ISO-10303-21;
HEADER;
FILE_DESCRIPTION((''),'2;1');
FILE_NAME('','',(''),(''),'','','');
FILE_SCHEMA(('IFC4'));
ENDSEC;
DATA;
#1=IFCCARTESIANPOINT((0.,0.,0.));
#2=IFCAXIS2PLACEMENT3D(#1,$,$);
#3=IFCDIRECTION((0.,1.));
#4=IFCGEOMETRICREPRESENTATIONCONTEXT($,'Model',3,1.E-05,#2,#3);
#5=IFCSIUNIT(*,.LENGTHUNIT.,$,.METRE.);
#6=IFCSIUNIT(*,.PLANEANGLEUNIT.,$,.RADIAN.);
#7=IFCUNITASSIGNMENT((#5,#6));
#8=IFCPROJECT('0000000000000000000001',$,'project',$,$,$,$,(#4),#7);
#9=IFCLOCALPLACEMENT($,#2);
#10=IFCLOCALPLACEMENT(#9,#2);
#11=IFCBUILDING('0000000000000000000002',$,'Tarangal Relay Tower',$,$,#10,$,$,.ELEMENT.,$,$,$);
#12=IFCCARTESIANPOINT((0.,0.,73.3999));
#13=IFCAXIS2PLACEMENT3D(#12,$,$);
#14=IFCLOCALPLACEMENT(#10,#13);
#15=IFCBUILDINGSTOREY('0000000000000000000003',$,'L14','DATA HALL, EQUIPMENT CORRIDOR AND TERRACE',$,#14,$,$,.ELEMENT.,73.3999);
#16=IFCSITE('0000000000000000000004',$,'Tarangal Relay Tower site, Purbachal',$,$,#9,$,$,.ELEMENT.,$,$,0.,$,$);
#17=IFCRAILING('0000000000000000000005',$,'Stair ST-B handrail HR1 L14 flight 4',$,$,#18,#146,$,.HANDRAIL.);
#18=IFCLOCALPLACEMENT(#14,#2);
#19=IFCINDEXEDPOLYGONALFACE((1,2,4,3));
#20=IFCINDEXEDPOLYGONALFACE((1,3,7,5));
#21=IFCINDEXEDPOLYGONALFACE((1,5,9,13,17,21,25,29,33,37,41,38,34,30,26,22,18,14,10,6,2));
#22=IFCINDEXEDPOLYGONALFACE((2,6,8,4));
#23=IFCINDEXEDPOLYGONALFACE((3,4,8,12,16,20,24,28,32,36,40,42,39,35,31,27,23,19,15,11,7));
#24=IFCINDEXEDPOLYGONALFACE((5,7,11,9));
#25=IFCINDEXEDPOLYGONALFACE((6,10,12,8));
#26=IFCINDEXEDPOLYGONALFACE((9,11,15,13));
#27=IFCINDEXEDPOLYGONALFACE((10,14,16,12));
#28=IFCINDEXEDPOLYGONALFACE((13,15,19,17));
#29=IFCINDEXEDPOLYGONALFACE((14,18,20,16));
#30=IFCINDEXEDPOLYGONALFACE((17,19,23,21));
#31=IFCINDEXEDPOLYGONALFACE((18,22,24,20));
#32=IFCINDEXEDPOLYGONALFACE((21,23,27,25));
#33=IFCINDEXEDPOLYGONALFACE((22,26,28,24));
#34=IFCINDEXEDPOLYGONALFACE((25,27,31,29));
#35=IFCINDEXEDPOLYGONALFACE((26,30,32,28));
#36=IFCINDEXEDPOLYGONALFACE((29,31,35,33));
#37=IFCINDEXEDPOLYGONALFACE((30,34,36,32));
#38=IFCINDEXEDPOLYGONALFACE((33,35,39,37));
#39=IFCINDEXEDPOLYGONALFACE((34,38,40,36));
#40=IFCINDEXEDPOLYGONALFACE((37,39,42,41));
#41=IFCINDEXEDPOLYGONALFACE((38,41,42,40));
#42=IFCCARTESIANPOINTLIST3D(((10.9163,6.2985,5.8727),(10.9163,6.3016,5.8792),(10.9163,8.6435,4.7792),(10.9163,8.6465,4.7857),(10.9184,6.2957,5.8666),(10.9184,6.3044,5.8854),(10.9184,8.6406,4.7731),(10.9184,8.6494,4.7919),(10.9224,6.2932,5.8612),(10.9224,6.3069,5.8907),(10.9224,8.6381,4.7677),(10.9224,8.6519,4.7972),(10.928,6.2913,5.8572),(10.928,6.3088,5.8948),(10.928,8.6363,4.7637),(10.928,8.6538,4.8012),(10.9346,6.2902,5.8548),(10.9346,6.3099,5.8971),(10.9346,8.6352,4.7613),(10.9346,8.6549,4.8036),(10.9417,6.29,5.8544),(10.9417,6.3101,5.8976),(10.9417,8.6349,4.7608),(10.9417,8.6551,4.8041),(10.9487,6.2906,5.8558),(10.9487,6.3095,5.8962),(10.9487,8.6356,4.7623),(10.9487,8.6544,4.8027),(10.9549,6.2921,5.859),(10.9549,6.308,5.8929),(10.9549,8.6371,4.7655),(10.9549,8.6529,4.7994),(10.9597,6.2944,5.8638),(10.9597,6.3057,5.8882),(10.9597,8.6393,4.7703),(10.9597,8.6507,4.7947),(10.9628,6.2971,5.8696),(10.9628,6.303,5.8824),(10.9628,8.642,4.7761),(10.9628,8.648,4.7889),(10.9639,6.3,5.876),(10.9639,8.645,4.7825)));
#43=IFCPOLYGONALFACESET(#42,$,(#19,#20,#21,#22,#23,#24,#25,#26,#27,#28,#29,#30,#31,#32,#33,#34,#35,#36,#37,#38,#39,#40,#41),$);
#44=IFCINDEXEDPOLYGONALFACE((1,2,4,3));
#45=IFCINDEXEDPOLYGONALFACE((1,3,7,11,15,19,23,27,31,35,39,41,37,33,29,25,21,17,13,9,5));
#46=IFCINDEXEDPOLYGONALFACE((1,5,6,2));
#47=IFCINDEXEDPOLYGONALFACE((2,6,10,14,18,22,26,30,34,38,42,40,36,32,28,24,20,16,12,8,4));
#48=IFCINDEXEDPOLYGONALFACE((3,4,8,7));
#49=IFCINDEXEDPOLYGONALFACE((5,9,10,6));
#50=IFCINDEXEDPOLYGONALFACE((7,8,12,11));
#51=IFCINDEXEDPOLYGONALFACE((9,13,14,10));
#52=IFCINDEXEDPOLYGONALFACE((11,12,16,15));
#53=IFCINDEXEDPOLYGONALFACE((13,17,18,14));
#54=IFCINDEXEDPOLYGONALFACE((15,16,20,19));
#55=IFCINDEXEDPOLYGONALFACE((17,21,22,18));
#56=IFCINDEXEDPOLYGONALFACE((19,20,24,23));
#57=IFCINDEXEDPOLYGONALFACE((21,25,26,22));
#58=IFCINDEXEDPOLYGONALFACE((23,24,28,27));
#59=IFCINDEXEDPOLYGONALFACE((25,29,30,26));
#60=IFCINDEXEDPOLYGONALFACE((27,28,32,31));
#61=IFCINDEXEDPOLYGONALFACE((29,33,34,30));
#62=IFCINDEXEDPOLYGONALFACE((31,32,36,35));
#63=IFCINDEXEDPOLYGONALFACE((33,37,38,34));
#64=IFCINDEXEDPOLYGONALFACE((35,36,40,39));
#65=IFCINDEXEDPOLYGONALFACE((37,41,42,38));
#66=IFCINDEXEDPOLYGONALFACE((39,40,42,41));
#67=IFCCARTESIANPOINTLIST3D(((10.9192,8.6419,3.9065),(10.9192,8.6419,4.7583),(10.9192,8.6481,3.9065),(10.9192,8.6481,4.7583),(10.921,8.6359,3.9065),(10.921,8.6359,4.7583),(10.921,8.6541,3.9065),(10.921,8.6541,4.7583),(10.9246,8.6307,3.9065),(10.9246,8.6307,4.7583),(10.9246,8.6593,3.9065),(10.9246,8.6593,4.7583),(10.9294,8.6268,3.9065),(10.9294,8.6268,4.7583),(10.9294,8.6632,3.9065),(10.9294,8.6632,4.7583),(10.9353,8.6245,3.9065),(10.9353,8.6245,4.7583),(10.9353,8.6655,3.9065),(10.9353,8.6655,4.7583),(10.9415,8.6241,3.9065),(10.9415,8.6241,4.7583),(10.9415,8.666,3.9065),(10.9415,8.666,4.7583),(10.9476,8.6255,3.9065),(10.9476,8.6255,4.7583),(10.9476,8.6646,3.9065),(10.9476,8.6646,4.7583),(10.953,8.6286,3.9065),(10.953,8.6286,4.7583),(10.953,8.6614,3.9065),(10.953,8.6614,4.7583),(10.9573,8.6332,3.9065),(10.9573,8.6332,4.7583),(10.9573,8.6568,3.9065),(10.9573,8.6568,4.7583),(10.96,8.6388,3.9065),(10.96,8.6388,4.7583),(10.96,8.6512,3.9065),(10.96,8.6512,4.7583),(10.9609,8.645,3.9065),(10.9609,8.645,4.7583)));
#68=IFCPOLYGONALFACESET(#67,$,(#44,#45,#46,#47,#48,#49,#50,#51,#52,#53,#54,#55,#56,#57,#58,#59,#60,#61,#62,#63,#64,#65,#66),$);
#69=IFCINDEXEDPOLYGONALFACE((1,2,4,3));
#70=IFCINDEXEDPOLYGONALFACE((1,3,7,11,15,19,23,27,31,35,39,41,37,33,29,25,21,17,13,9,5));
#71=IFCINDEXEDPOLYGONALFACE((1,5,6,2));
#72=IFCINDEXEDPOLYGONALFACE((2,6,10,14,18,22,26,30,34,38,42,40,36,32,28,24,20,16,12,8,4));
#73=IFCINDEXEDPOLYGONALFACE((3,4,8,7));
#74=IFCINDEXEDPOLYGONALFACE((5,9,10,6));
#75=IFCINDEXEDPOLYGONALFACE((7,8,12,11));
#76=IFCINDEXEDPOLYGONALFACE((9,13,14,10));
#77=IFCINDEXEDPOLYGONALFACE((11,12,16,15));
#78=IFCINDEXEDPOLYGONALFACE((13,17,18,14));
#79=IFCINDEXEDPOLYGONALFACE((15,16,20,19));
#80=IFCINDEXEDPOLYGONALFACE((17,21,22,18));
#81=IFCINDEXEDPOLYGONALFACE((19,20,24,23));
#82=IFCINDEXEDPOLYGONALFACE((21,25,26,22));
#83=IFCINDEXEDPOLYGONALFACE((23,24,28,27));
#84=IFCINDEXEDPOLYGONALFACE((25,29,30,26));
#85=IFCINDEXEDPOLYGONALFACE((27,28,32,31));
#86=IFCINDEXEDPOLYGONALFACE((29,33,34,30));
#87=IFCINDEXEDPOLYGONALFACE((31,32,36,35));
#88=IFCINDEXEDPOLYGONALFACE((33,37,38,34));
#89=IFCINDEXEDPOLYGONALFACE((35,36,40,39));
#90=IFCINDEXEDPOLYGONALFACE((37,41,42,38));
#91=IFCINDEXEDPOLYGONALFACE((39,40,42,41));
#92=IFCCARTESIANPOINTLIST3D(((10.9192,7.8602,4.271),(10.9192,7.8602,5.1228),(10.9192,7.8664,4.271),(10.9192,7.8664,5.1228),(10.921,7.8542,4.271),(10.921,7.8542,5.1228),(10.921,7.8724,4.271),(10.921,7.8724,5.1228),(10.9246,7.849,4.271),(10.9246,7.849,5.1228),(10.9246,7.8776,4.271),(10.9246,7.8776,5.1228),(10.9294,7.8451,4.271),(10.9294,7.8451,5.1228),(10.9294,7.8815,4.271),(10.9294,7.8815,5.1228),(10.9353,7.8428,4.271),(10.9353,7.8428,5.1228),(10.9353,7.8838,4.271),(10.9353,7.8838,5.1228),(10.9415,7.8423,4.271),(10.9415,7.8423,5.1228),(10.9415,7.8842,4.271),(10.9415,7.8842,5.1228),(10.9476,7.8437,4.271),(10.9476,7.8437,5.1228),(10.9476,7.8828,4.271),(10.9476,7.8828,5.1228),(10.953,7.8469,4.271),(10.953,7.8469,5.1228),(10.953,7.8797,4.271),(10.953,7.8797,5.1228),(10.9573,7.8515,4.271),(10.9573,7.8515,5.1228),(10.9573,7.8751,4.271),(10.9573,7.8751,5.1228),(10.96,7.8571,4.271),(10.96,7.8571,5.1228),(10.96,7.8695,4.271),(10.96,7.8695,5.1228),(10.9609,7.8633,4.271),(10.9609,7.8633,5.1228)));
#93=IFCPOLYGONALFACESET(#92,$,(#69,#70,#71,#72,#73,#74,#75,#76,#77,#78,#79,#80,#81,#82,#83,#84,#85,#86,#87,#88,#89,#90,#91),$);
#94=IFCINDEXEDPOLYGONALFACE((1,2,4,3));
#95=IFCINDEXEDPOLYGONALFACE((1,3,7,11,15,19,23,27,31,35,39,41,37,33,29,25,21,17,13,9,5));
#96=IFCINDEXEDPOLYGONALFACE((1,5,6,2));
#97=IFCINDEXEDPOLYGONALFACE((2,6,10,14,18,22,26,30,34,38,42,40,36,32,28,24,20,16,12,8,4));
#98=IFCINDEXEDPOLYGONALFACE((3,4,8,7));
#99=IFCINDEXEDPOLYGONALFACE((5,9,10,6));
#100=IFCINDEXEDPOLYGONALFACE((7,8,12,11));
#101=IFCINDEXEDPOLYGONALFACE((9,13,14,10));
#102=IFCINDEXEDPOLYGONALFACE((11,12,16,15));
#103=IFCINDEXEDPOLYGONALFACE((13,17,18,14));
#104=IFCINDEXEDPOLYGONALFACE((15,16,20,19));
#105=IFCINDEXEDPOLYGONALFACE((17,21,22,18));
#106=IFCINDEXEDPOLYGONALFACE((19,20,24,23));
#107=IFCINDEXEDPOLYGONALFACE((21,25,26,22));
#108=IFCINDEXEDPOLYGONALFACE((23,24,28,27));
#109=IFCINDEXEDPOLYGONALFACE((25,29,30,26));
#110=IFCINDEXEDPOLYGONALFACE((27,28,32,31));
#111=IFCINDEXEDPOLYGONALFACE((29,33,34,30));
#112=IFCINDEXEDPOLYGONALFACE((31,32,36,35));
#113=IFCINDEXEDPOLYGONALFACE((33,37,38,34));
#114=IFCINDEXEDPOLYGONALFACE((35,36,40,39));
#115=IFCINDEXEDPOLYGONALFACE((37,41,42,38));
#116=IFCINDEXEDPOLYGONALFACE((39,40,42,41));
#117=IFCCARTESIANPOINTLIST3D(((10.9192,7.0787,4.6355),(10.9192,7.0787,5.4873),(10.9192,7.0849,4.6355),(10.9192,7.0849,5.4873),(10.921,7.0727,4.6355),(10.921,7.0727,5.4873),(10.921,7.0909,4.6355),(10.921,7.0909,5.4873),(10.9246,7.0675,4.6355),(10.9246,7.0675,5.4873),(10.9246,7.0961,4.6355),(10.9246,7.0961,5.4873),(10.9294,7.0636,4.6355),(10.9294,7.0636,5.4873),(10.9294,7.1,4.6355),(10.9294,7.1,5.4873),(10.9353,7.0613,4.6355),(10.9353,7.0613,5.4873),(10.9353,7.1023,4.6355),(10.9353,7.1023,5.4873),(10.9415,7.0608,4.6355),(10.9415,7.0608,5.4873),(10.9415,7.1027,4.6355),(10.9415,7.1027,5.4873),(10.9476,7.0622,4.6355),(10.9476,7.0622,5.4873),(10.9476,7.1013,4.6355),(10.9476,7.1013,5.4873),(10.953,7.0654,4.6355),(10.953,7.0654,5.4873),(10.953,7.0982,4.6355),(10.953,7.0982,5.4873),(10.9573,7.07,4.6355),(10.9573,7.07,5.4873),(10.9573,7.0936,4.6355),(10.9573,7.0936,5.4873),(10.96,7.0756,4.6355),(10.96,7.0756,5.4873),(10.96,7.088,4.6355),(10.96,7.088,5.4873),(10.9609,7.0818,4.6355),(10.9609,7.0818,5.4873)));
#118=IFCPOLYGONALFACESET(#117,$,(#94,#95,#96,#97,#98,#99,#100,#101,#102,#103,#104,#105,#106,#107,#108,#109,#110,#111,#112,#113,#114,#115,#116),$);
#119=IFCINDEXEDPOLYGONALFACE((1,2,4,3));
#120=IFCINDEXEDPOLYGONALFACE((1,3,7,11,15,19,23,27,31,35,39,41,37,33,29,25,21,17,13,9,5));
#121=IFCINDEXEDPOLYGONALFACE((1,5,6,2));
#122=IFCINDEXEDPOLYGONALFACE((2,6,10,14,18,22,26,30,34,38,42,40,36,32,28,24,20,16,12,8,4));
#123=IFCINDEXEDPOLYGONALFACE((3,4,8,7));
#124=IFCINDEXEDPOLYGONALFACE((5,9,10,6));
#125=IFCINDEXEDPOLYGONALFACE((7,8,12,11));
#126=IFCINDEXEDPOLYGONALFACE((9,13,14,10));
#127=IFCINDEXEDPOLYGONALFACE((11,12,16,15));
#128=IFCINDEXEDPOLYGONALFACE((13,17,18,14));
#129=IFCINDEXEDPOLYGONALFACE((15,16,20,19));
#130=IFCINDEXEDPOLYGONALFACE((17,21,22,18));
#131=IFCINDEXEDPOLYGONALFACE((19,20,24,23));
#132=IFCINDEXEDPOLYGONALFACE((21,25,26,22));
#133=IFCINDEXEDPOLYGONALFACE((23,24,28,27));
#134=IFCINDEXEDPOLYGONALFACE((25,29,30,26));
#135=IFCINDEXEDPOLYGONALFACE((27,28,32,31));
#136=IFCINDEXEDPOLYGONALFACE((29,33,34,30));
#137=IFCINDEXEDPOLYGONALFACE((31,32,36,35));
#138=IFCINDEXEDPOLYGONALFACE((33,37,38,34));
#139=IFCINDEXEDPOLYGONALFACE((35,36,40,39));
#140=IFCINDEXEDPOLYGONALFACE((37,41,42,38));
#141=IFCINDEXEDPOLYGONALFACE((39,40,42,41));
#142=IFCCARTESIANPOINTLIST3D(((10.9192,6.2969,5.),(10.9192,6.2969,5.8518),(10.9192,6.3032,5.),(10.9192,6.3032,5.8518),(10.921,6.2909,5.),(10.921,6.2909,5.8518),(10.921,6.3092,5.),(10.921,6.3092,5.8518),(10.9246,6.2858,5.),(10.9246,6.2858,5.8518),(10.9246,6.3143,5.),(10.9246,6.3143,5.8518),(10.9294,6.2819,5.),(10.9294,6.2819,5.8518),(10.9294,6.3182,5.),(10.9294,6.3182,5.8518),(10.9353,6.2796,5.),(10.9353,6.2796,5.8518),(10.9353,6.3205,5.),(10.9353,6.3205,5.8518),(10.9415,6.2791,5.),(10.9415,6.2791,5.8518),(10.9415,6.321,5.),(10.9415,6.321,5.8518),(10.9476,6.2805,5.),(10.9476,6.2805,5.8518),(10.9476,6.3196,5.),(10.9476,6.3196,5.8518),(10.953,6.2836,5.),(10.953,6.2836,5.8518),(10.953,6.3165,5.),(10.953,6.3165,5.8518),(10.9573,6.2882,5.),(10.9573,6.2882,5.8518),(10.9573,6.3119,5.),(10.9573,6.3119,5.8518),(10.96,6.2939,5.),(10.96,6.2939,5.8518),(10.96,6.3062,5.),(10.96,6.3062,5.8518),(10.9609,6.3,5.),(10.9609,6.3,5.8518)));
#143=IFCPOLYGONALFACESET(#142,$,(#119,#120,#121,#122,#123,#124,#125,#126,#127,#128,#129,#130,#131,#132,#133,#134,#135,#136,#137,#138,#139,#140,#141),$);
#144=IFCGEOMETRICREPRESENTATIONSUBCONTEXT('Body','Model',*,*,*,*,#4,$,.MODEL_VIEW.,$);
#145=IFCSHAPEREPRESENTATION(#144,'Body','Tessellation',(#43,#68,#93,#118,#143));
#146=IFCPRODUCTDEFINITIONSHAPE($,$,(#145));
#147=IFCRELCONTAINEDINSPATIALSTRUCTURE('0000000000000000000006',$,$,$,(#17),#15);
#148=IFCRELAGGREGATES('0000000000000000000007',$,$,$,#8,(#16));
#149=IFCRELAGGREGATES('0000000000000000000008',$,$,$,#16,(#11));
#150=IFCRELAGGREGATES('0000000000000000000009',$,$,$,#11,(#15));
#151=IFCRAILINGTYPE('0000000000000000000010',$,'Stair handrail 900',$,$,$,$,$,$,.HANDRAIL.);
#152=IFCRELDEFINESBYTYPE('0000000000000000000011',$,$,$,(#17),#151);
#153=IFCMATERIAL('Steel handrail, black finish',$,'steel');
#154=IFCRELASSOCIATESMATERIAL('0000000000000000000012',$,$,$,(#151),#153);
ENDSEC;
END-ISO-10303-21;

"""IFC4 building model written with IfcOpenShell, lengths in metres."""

from ifc_helpers import new_model, si_unit, direction, frame, origin, origin_2d, place, context, subcontext, project, spatial, circle, extrude, material, type_object, element, save


model = new_model("IFC4")

# Units and contexts
model_context = context("Model", 3, precision=1e-05, world=origin(), true_north=direction((0.0, 1.0)))
body_context = subcontext(model_context, "Body", "Model", "MODEL_VIEW")
ifc_project = project(units=[si_unit("LENGTHUNIT", "METRE"), si_unit("PLANEANGLEUNIT", "RADIAN")], contexts=[model_context])

# Site, building, storey
site_placement = place(None, origin())
site = spatial("IfcSite", under=ifc_project, at=site_placement, Name="Tarangal Relay Tower site, Purbachal", CompositionType="ELEMENT", RefElevation=0.0)
building_placement = place(site_placement, origin())
building = spatial("IfcBuilding", under=site, at=building_placement, Name="Tarangal Relay Tower", CompositionType="ELEMENT")
storey_placement = place(building_placement, frame((0.0, 0.0, 73.3999)))
storey = spatial("IfcBuildingStorey", under=building, at=storey_placement, Name="L14", Description="DATA HALL, EQUIPMENT CORRIDOR AND TERRACE", CompositionType="ELEMENT", Elevation=73.3999)

# Railing
ifc_material_1 = material(Name="Steel handrail, black finish", Category="steel")
railing_type_1 = type_object("IfcRailingType", Name="Stair handrail 900", PredefinedType="HANDRAIL", material=ifc_material_1)
for number, where, name in (
    (1, (10.9399, 8.645, 3.9065), "Stair ST-B handrail HR1 L14 flight 4"),
):
    element("IfcRailing", number, at=place(storey_placement, frame(where)), inside=storey, type_object=railing_type_1, Name=name, PredefinedType="HANDRAIL", context=body_context, shape_type="SweptSolid", body=[
        extrude(circle(Radius=0.0239, at=origin_2d()), frame((0.0, 0.0, 0.876), z_axis=(0.0, -0.906304, 0.422627), x_axis=(1.0, 0.0, 0.0)), (0.0, 0.0, 1.0), 2.5874),
        extrude(circle(Radius=0.021, at=origin_2d()), origin(), (0.0, 0.0, 1.0), 0.8518),
        extrude(circle(Radius=0.021, at=origin_2d()), frame((0.0, -0.7817, 0.3645)), (0.0, 0.0, 1.0), 0.8518),
        extrude(circle(Radius=0.021, at=origin_2d()), frame((0.0, -1.5632, 0.729)), (0.0, 0.0, 1.0), 0.8518),
        extrude(circle(Radius=0.021, at=origin_2d()), frame((0.0, -2.345, 1.0935)), (0.0, 0.0, 1.0), 0.8518),
    ])

save(model, "model.ifc")
